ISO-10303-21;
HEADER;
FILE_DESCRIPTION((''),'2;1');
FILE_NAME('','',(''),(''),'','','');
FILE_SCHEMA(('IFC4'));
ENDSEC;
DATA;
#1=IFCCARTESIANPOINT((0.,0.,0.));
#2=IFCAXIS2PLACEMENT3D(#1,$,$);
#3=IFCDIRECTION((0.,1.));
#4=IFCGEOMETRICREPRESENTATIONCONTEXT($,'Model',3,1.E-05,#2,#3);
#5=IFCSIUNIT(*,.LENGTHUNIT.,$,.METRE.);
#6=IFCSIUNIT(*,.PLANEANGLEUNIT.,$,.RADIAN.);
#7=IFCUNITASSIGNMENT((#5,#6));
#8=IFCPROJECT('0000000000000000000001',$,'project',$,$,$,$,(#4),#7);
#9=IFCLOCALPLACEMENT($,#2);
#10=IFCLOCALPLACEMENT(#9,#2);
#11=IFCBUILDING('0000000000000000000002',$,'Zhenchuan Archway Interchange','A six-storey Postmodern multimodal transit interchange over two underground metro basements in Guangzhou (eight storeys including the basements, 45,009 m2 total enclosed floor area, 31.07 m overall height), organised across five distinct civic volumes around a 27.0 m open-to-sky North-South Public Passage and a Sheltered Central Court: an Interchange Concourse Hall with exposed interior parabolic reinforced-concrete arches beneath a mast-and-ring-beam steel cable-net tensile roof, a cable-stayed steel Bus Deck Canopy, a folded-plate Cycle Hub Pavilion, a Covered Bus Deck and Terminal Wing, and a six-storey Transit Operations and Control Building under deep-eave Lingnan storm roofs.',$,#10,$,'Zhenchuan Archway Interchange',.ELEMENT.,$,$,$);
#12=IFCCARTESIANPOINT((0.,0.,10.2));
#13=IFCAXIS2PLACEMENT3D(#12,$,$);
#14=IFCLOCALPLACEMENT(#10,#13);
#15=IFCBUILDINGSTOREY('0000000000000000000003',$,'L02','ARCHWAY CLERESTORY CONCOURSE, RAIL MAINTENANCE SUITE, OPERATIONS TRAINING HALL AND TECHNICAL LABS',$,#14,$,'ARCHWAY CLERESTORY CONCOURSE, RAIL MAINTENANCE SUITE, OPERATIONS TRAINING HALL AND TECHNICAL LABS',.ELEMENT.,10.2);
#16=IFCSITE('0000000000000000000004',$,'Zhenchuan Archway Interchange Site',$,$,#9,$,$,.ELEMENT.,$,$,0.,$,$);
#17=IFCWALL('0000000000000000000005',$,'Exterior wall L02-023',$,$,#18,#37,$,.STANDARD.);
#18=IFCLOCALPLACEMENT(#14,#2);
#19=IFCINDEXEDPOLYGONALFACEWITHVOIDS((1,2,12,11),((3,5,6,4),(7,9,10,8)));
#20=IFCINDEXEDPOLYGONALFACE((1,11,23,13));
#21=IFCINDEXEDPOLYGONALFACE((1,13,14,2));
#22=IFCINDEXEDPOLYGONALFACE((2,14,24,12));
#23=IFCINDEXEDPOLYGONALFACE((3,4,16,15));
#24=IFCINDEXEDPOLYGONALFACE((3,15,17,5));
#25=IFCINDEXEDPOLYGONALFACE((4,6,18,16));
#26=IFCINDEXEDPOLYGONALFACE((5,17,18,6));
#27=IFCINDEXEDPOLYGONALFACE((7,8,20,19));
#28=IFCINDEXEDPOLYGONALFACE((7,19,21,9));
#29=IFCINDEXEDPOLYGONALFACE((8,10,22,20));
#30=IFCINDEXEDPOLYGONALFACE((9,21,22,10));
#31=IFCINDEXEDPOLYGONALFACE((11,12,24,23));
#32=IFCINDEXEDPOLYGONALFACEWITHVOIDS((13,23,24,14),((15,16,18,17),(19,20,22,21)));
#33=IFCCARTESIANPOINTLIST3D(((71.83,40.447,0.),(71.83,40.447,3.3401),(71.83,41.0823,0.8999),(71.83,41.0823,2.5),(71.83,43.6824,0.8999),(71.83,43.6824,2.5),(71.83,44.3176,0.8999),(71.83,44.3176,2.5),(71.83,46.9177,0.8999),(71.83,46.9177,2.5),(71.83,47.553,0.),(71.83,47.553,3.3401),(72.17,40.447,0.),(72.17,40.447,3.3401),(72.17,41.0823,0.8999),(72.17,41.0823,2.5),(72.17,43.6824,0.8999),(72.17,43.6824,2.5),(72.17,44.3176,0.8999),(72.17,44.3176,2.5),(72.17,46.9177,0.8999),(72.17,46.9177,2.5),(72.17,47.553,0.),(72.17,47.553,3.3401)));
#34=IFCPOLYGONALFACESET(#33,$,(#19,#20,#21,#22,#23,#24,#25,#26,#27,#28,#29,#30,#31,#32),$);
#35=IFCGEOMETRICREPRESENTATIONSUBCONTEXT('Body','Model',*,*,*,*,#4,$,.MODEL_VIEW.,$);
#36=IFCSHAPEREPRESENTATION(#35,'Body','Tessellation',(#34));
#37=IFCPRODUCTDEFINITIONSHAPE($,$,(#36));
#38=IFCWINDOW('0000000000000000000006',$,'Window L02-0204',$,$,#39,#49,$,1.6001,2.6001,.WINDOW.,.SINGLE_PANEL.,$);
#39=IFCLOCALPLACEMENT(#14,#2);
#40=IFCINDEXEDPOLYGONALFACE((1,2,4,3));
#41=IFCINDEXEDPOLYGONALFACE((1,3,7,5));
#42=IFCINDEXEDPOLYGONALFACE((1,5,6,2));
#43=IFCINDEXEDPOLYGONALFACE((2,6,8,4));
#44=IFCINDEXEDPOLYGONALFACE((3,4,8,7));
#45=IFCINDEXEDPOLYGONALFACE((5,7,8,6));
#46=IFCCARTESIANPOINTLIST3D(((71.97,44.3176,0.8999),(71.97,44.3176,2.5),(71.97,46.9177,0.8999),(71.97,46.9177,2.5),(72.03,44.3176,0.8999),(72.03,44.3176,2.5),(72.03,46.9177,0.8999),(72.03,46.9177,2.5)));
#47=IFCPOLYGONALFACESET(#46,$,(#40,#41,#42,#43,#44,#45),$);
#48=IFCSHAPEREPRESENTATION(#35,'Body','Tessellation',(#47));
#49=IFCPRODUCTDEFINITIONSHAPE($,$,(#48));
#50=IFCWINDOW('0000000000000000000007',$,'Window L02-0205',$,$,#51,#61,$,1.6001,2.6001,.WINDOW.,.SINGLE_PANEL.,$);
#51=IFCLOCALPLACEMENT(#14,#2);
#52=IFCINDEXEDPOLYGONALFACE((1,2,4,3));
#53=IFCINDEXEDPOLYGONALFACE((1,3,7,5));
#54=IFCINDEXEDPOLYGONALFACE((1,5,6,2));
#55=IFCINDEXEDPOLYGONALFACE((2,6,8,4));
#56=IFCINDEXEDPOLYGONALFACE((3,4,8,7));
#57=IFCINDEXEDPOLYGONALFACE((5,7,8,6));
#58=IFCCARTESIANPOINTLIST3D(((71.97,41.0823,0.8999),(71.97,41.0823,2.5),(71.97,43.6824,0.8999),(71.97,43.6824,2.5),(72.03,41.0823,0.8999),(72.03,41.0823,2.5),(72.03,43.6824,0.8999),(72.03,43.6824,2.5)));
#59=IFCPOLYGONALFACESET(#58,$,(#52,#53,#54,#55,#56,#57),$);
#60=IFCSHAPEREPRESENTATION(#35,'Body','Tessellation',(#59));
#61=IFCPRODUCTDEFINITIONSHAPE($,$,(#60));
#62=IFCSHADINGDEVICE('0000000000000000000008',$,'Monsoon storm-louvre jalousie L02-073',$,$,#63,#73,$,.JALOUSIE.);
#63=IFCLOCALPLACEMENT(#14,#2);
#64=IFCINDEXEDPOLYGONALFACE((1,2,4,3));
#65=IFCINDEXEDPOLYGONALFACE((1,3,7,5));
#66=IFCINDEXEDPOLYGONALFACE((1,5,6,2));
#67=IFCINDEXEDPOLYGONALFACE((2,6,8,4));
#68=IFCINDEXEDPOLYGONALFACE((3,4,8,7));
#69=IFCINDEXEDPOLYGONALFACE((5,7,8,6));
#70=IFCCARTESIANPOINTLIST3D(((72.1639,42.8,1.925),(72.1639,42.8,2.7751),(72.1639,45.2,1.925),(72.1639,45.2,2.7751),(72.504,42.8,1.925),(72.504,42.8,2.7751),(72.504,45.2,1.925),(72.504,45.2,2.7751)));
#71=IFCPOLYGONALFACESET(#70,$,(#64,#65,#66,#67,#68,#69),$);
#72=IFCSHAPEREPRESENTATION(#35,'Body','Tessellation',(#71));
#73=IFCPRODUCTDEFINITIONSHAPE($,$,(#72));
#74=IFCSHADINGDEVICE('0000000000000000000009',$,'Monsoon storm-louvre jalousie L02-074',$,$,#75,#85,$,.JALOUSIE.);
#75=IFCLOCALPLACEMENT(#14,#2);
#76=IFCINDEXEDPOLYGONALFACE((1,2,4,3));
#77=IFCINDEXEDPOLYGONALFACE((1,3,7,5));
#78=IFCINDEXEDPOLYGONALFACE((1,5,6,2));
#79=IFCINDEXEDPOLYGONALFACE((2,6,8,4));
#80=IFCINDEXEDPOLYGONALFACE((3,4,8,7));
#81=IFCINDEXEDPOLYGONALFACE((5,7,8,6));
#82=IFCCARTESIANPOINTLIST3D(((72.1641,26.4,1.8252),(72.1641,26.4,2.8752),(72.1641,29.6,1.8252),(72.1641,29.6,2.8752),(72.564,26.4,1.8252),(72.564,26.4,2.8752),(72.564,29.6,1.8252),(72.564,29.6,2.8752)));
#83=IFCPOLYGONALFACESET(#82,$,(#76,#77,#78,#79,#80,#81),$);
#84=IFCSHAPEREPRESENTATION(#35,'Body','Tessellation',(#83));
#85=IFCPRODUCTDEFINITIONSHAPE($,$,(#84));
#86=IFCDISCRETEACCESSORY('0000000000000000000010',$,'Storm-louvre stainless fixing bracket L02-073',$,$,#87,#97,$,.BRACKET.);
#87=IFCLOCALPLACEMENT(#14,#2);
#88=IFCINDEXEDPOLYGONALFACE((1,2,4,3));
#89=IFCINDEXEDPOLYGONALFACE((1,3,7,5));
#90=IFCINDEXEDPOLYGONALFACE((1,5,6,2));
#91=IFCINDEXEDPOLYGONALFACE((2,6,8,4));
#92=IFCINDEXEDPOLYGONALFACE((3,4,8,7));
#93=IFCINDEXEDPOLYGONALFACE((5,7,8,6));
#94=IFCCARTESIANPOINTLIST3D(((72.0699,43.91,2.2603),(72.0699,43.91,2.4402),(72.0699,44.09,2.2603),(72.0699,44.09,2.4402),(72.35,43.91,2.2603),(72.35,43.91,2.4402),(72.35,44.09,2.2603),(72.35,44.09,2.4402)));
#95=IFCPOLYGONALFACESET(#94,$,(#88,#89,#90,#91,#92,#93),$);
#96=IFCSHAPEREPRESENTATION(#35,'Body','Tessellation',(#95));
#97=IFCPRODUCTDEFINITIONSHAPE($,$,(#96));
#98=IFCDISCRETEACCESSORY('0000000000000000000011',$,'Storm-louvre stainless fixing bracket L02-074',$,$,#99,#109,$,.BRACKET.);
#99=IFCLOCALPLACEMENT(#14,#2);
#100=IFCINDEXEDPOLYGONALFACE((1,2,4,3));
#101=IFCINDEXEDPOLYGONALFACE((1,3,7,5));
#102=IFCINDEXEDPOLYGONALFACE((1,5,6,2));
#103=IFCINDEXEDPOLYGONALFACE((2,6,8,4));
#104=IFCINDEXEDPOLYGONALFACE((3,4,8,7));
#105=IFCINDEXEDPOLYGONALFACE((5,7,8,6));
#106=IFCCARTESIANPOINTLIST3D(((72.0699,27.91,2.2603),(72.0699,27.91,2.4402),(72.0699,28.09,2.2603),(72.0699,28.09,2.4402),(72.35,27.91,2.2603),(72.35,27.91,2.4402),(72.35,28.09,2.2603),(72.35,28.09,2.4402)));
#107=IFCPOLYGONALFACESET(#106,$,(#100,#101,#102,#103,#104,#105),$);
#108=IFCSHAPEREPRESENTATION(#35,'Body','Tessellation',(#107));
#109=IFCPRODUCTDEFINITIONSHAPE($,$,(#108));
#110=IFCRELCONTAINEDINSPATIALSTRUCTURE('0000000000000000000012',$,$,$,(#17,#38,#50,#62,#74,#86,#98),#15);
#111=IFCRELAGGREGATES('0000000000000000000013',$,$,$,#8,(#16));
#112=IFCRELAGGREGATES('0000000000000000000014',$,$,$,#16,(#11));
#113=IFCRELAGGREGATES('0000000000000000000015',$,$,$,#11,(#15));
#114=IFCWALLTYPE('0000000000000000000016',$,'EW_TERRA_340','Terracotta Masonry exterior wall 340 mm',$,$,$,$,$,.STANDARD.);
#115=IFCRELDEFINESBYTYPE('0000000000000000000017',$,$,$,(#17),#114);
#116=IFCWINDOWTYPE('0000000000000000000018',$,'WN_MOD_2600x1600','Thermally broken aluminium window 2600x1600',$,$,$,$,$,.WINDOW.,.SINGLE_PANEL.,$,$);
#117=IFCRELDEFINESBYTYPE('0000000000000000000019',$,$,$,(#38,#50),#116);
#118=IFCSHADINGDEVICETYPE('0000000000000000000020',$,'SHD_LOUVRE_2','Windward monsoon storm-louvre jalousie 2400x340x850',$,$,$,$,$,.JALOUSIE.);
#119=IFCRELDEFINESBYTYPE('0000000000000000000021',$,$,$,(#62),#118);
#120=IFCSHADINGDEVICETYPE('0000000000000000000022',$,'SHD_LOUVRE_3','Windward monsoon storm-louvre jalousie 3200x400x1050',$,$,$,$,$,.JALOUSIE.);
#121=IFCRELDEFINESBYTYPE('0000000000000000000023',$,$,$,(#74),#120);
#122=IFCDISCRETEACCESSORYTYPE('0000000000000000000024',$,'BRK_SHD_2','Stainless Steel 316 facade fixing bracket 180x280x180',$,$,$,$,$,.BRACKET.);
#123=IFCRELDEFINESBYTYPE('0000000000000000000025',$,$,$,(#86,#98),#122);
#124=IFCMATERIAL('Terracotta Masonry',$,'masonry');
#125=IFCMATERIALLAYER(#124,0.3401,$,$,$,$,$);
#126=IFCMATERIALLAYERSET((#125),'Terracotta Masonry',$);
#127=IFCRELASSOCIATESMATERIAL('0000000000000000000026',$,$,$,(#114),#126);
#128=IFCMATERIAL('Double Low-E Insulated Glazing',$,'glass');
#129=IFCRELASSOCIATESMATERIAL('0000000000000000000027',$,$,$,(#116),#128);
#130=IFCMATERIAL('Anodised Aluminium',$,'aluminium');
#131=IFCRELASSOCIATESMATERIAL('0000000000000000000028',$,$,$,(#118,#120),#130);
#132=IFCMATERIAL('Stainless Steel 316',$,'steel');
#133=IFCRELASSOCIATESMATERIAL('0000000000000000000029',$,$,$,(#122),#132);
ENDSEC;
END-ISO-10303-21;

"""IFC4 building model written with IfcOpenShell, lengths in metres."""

from ifc_helpers import new_model, si_unit, direction, frame, frame_2d, origin, origin_2d, place, context, subcontext, project, spatial, rectangle, extrude, material, layer, layer_set, type_object, element, fill, save


model = new_model("IFC4")

# Units and contexts
model_context = context("Model", 3, precision=1e-05, world=origin(), true_north=direction((0.0, 1.0)))
body_context = subcontext(model_context, "Body", "Model", "MODEL_VIEW")
ifc_project = project(units=[si_unit("LENGTHUNIT", "METRE"), si_unit("PLANEANGLEUNIT", "RADIAN")], contexts=[model_context])

# Site, building, storey
site_placement = place(None, origin())
site = spatial("IfcSite", under=ifc_project, at=site_placement, Name="Zhenchuan Archway Interchange Site", CompositionType="ELEMENT", RefElevation=0.0)
building_placement = place(site_placement, origin())
building = spatial("IfcBuilding", under=site, at=building_placement, Name="Zhenchuan Archway Interchange", Description="A six-storey Postmodern multimodal transit interchange over two underground metro basements in Guangzhou (eight storeys including the basements, 45,009 m2 total enclosed floor area, 31.07 m overall height), organised across five distinct civic volumes around a 27.0 m open-to-sky North-South Public Passage and a Sheltered Central Court: an Interchange Concourse Hall with exposed interior parabolic reinforced-concrete arches beneath a mast-and-ring-beam steel cable-net tensile roof, a cable-stayed steel Bus Deck Canopy, a folded-plate Cycle Hub Pavilion, a Covered Bus Deck and Terminal Wing, and a six-storey Transit Operations and Control Building under deep-eave Lingnan storm roofs.", LongName="Zhenchuan Archway Interchange", CompositionType="ELEMENT")
storey_placement = place(building_placement, frame((0.0, 0.0, 10.2)))
storey = spatial("IfcBuildingStorey", under=building, at=storey_placement, Name="L02", Description="ARCHWAY CLERESTORY CONCOURSE, RAIL MAINTENANCE SUITE, OPERATIONS TRAINING HALL AND TECHNICAL LABS", LongName="ARCHWAY CLERESTORY CONCOURSE, RAIL MAINTENANCE SUITE, OPERATIONS TRAINING HALL AND TECHNICAL LABS", CompositionType="ELEMENT", Elevation=10.2)

# Shared definitions
ifc_material_1 = material(Name="Anodised Aluminium", Category="aluminium")

# Shared definitions
ifc_material_2 = material(Name="Double Low-E Insulated Glazing", Category="glass")

# Wall, openings, windows
ifc_material_3 = material(Name="Terracotta Masonry", Category="masonry")
ifc_layer_1 = layer(ifc_material_3, 0.3401)
ifc_layer_set_1 = layer_set([ifc_layer_1], Name="Terracotta Masonry")
wall_type = type_object("IfcWallType", Name="EW_TERRA_340", Description="Terracotta Masonry exterior wall 340 mm", PredefinedType="STANDARD", material=ifc_layer_set_1)
wall_placement = place(storey_placement, frame((72.0, 47.553, 0.0), z_axis=(0.0, 0.0, 1.0), x_axis=(0.0, -1.0, 0.0)))
wall = element("IfcWall", 1, at=wall_placement, inside=storey, type_object=wall_type, Name="Exterior wall L02-023", PredefinedType="STANDARD", context=body_context, shape_type="SweptSolid", body=[
    extrude(rectangle(XDim=7.106, YDim=0.3401, at=frame_2d((3.553, 0.0))), origin(), (0.0, 0.0, 1.0), 3.3401),
])
opening_1_placement = place(wall_placement, frame((0.6353, 0.0, 0.8999)))
opening_1 = element("IfcOpeningElement", 2, at=opening_1_placement, cuts=wall, PredefinedType="OPENING", context=body_context, shape_type="SweptSolid", body=[
    extrude(rectangle(XDim=2.6001, YDim=1.6001, at=frame_2d((1.3, 0.8))), frame((0.0, 0.1821, 0.0), z_axis=(0.0, -1.0, 0.0), x_axis=(1.0, 0.0, 0.0)), (0.0, 0.0, 1.0), 0.364),
])
opening_2_placement = place(wall_placement, frame((3.8706, 0.0, 0.8999)))
opening_2 = element("IfcOpeningElement", 3, at=opening_2_placement, cuts=wall, PredefinedType="OPENING", context=body_context, shape_type="SweptSolid", body=[
    extrude(rectangle(XDim=2.6001, YDim=1.6001, at=frame_2d((1.3, 0.8))), frame((0.0, 0.1821, 0.0), z_axis=(0.0, -1.0, 0.0), x_axis=(1.0, 0.0, 0.0)), (0.0, 0.0, 1.0), 0.364),
])
window_type = type_object("IfcWindowType", Name="WN_MOD_2600x1600", Description="Thermally broken aluminium window 2600x1600", PartitioningType="SINGLE_PANEL", PredefinedType="WINDOW", material=ifc_material_2)
window_1_placement = place(opening_1_placement, origin())
window_1 = element("IfcWindow", 4, at=window_1_placement, inside=storey, type_object=window_type, Name="Window L02-0204", OverallHeight=1.6001, OverallWidth=2.6001, PartitioningType="SINGLE_PANEL", PredefinedType="WINDOW", context=body_context, shape_type="SweptSolid", body=[
    extrude(rectangle(XDim=2.6001, YDim=1.6001, at=frame_2d((1.3, 0.8))), frame((0.0, 0.03, 0.0), z_axis=(0.0, -1.0, 0.0), x_axis=(1.0, 0.0, 0.0)), (0.0, 0.0, 1.0), 0.0601),
])
fill(opening_1, window_1)
window_2_placement = place(opening_2_placement, origin())
window_2 = element("IfcWindow", 5, at=window_2_placement, inside=storey, type_object=window_type, Name="Window L02-0205", OverallHeight=1.6001, OverallWidth=2.6001, PartitioningType="SINGLE_PANEL", PredefinedType="WINDOW", context=body_context, shape_type="SweptSolid", body=[
    extrude(rectangle(XDim=2.6001, YDim=1.6001, at=frame_2d((1.3, 0.8))), frame((0.0, 0.03, 0.0), z_axis=(0.0, -1.0, 0.0), x_axis=(1.0, 0.0, 0.0)), (0.0, 0.0, 1.0), 0.0601),
])
fill(opening_2, window_2)

# Shading devices
shading_device_type_1 = type_object("IfcShadingDeviceType", Name="SHD_LOUVRE_2", Description="Windward monsoon storm-louvre jalousie 2400x340x850", PredefinedType="JALOUSIE", material=ifc_material_1)
shading_device_1_placement = place(storey_placement, frame((72.334, 44.0, 1.925), z_axis=(0.0, 0.0, 1.0), x_axis=(0.0, -1.0, 0.0)))
element("IfcShadingDevice", 6, at=shading_device_1_placement, inside=storey, type_object=shading_device_type_1, Name="Monsoon storm-louvre jalousie L02-073", PredefinedType="JALOUSIE", context=body_context, shape_type="SweptSolid", body=[
    extrude(rectangle(XDim=2.3999, YDim=0.3401, at=origin_2d()), origin(), (0.0, 0.0, 1.0), 0.8501),
])
shading_device_type_2 = type_object("IfcShadingDeviceType", Name="SHD_LOUVRE_3", Description="Windward monsoon storm-louvre jalousie 3200x400x1050", PredefinedType="JALOUSIE", material=ifc_material_1)
shading_device_2_placement = place(storey_placement, frame((72.364, 28.0, 1.8252), z_axis=(0.0, 0.0, 1.0), x_axis=(0.0, -1.0, 0.0)))
element("IfcShadingDevice", 7, at=shading_device_2_placement, inside=storey, type_object=shading_device_type_2, Name="Monsoon storm-louvre jalousie L02-074", PredefinedType="JALOUSIE", context=body_context, shape_type="SweptSolid", body=[
    extrude(rectangle(XDim=3.2, YDim=0.3999, at=origin_2d()), origin(), (0.0, 0.0, 1.0), 1.05),
])

# Discrete accessories
ifc_material_4 = material(Name="Stainless Steel 316", Category="steel")
discrete_accessory_type = type_object("IfcDiscreteAccessoryType", Name="BRK_SHD_2", Description="Stainless Steel 316 facade fixing bracket 180x280x180", PredefinedType="BRACKET", material=ifc_material_4)
for number, where, z_axis, x_axis, name in (
    (8, (72.21, 44.0, 2.2603), (0.0, 0.0, 1.0), (0.0, -1.0, 0.0), "Storm-louvre stainless fixing bracket L02-073"),
    (9, (72.21, 28.0, 2.2603), (0.0, 0.0, 1.0), (0.0, -1.0, 0.0), "Storm-louvre stainless fixing bracket L02-074"),
):
    element("IfcDiscreteAccessory", number, at=place(storey_placement, frame(where, z_axis=z_axis, x_axis=x_axis)), inside=storey, type_object=discrete_accessory_type, Name=name, PredefinedType="BRACKET", context=body_context, shape_type="SweptSolid", body=[
        extrude(rectangle(XDim=0.1799, YDim=0.28, at=origin_2d()), origin(), (0.0, 0.0, 1.0), 0.1799),
    ])

save(model, "model.ifc")
